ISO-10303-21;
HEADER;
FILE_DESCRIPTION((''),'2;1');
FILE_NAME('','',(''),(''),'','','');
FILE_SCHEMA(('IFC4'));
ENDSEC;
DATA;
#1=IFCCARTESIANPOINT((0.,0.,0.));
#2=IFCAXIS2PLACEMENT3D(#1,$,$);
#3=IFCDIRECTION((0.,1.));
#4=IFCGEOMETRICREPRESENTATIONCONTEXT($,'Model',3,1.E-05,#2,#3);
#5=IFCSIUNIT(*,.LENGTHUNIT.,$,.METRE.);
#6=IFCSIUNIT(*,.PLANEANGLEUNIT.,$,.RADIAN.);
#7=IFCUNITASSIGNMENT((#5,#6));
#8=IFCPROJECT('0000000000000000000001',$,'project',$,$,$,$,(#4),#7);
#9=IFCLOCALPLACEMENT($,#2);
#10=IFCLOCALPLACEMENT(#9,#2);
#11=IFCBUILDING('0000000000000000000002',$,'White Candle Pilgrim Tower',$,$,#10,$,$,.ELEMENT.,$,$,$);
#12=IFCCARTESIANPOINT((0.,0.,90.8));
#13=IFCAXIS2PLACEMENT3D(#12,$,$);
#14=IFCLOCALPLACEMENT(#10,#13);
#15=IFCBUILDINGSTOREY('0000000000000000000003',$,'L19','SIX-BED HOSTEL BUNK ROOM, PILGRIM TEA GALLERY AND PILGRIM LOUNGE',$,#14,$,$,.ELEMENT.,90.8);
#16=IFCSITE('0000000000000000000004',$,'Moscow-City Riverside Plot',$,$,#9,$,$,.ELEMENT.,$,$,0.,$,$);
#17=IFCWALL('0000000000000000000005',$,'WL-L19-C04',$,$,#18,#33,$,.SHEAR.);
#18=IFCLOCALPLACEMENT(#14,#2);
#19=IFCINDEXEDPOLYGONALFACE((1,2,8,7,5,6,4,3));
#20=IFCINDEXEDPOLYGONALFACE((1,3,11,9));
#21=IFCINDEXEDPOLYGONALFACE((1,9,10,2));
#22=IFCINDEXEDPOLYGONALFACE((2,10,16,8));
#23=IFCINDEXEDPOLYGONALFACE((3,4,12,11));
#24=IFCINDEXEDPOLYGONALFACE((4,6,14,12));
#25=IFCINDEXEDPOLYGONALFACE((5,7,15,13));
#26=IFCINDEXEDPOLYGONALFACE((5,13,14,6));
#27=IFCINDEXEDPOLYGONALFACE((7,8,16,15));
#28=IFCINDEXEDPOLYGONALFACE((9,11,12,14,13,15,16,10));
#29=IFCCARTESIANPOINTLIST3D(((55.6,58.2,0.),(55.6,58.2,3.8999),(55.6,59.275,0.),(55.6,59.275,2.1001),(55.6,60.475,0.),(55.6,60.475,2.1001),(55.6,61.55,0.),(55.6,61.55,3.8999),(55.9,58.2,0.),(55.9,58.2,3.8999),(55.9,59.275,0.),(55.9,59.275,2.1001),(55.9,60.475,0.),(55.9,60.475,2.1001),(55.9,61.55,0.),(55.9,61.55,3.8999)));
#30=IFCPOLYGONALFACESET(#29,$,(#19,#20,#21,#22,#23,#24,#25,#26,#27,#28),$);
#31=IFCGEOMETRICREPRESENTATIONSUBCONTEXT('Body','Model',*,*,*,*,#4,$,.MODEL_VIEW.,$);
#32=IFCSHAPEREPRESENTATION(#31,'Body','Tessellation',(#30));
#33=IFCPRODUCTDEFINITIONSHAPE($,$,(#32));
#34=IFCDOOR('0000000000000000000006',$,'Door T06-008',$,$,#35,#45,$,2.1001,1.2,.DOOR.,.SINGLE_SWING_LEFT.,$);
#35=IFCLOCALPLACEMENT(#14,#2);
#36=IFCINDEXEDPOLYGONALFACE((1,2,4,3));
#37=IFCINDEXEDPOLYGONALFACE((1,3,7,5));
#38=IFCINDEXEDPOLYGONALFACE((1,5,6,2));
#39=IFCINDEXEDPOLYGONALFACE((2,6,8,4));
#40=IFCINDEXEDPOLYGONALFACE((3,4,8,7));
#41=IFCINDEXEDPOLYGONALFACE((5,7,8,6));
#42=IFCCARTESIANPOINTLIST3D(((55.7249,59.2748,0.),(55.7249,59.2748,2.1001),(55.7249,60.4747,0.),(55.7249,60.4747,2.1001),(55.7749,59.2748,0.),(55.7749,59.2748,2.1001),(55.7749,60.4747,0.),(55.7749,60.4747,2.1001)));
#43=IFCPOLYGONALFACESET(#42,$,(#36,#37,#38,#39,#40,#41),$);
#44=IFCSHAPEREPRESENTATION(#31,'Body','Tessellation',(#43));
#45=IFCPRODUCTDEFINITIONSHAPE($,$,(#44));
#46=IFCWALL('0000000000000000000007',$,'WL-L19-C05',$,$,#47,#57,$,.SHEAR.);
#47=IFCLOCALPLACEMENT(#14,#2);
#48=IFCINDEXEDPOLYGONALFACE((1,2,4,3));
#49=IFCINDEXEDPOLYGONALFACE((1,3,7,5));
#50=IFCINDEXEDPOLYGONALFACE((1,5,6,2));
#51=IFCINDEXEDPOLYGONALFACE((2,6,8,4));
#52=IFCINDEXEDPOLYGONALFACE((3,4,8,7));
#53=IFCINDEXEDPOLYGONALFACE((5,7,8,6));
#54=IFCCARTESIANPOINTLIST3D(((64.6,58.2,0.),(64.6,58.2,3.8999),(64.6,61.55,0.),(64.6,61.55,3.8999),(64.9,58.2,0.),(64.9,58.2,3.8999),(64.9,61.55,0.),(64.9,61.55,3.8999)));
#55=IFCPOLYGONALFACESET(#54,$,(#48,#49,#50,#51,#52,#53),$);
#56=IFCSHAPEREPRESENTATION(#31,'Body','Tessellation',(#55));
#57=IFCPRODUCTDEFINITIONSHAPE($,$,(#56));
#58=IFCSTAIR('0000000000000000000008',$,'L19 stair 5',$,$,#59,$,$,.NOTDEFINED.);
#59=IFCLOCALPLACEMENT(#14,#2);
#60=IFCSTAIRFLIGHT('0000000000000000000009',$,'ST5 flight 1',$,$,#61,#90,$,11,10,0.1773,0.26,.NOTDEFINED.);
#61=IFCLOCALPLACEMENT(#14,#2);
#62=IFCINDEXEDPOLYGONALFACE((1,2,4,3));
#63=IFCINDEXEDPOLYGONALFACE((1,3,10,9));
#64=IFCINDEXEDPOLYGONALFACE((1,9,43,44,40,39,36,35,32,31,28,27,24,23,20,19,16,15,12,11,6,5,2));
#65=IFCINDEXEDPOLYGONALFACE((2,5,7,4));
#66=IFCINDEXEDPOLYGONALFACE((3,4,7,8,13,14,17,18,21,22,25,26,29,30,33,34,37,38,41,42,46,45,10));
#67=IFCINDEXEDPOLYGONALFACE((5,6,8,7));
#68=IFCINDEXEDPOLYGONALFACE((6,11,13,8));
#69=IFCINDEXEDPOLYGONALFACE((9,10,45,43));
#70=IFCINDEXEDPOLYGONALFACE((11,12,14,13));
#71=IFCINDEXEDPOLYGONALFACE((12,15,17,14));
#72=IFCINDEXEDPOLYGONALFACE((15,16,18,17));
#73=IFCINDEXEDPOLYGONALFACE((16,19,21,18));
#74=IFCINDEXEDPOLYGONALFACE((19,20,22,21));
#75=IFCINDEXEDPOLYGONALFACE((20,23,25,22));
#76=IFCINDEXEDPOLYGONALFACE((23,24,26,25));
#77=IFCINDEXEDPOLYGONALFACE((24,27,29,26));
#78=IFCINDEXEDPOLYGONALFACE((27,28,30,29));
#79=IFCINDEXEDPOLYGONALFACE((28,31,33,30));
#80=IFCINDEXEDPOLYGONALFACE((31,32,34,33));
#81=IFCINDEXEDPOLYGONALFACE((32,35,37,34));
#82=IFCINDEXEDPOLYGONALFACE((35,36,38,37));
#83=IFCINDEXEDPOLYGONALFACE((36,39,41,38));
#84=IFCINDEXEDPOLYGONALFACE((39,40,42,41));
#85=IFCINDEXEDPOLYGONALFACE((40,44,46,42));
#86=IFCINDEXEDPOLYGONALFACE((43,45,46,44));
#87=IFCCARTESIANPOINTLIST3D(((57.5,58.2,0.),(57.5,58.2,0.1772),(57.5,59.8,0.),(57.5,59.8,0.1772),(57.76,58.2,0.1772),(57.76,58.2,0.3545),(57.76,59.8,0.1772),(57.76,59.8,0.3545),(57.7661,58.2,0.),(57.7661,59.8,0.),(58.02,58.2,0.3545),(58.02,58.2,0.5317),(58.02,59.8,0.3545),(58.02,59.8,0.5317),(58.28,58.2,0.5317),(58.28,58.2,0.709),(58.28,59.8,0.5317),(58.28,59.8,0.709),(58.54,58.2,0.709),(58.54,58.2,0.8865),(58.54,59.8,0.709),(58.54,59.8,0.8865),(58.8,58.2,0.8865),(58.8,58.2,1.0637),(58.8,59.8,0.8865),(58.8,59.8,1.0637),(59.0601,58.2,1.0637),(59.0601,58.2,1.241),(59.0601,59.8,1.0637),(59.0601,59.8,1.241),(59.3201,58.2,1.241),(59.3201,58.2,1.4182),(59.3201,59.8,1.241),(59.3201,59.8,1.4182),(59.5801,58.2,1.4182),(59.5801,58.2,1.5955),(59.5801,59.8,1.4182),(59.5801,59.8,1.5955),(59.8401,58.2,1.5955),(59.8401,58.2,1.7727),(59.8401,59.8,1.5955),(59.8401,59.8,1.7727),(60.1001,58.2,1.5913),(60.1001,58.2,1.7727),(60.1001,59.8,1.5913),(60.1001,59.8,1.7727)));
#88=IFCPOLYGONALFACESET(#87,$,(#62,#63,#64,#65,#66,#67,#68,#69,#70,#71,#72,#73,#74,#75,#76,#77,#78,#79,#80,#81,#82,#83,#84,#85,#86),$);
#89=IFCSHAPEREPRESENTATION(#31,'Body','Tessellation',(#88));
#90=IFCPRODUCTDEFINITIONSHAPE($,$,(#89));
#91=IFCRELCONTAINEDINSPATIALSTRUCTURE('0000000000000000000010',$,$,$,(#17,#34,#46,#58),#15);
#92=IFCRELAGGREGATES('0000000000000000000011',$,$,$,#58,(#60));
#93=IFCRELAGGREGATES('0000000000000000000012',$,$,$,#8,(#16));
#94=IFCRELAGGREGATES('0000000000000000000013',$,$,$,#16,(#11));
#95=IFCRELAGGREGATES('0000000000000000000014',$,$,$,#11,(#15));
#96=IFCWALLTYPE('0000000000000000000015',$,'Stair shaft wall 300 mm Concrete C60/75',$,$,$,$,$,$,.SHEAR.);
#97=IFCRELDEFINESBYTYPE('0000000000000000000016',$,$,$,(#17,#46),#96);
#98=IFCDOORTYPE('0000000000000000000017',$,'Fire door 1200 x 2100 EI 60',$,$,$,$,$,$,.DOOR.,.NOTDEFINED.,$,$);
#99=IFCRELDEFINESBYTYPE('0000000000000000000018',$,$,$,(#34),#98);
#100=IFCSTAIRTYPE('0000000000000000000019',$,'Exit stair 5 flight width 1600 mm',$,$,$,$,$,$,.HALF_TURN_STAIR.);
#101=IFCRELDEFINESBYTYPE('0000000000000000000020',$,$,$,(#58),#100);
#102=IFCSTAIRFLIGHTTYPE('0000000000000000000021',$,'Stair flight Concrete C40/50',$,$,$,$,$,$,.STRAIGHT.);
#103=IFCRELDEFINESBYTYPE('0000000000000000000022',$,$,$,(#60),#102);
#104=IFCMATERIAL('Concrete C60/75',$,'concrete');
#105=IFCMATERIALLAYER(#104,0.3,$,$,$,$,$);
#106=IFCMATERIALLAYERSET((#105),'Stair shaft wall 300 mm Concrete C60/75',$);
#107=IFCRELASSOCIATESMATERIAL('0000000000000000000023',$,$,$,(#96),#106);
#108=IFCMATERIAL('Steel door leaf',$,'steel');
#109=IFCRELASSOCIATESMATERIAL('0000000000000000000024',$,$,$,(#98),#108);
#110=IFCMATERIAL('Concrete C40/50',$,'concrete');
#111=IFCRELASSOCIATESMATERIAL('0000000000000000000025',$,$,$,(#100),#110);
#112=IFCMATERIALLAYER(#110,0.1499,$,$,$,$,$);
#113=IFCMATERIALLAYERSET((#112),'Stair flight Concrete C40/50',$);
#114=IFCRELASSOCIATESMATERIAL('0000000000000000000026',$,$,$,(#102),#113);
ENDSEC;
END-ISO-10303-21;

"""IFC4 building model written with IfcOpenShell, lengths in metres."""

from ifc_helpers import new_model, si_unit, direction, frame, frame_2d, origin, place, context, subcontext, project, spatial, polyline, rectangle, outline, extrude, material, layer, layer_set, type_object, element, fill, aggregate, save


model = new_model("IFC4")

# Units and contexts
model_context = context("Model", 3, precision=1e-05, world=origin(), true_north=direction((0.0, 1.0)))
body_context = subcontext(model_context, "Body", "Model", "MODEL_VIEW")
ifc_project = project(units=[si_unit("LENGTHUNIT", "METRE"), si_unit("PLANEANGLEUNIT", "RADIAN")], contexts=[model_context])

# Site, building, storey
site_placement = place(None, origin())
site = spatial("IfcSite", under=ifc_project, at=site_placement, Name="Moscow-City Riverside Plot", CompositionType="ELEMENT", RefElevation=0.0)
building_placement = place(site_placement, origin())
building = spatial("IfcBuilding", under=site, at=building_placement, Name="White Candle Pilgrim Tower", CompositionType="ELEMENT")
storey_placement = place(building_placement, frame((0.0, 0.0, 90.8)))
storey = spatial("IfcBuildingStorey", under=building, at=storey_placement, Name="L19", Description="SIX-BED HOSTEL BUNK ROOM, PILGRIM TEA GALLERY AND PILGRIM LOUNGE", CompositionType="ELEMENT", Elevation=90.8)

# Shared definitions
ifc_material_1 = material(Name="Concrete C60/75", Category="concrete")

# Shared definitions
ifc_material_2 = material(Name="Steel door leaf", Category="steel")

# Wall, opening, door
ifc_layer_1 = layer(ifc_material_1, 0.3)
ifc_layer_set_1 = layer_set([ifc_layer_1], Name="Stair shaft wall 300 mm Concrete C60/75")
wall_type_1 = type_object("IfcWallType", Name="Stair shaft wall 300 mm Concrete C60/75", PredefinedType="SHEAR", material=ifc_layer_set_1)
wall_1_placement = place(storey_placement, frame((55.75, 58.2, 0.0), z_axis=(0.0, 0.0, 1.0), x_axis=(0.0, 1.0, 0.0)))
wall_1 = element("IfcWall", 1, at=wall_1_placement, inside=storey, type_object=wall_type_1, Name="WL-L19-C04", PredefinedType="SHEAR", context=body_context, shape_type="SweptSolid", body=[
    extrude(rectangle(XDim=3.3501, YDim=0.3, at=frame_2d((1.675, 0.0))), origin(), (0.0, 0.0, 1.0), 3.8999),
])
opening_1_placement = place(wall_1_placement, frame((1.075, 0.0, 0.0)))
opening_1 = element("IfcOpeningElement", 2, at=opening_1_placement, cuts=wall_1, PredefinedType="OPENING", context=body_context, shape_type="SweptSolid", body=[
    extrude(rectangle(XDim=1.2, YDim=2.1001, at=frame_2d((0.6001, 1.05))), frame((0.0, 0.1599, 0.0), z_axis=(0.0, -1.0, 0.0), x_axis=(1.0, 0.0, 0.0)), (0.0, 0.0, 1.0), 0.3201),
])
door_type_1 = type_object("IfcDoorType", Name="Fire door 1200 x 2100 EI 60", OperationType="NOTDEFINED", PredefinedType="DOOR", material=ifc_material_2)
door_1_placement = place(opening_1_placement, frame((1.2, 0.0, 0.0), z_axis=(0.0, 0.0, 1.0), x_axis=(-1.0, 0.0, 0.0)))
door_1 = element("IfcDoor", 3, at=door_1_placement, inside=storey, type_object=door_type_1, Name="Door T06-008", OperationType="SINGLE_SWING_LEFT", OverallHeight=2.1001, OverallWidth=1.2, PredefinedType="DOOR", context=body_context, shape_type="SweptSolid", body=[
    extrude(rectangle(XDim=1.2, YDim=2.1001, at=frame_2d((0.6001, 1.05))), frame((0.0, 0.0249, 0.0), z_axis=(0.0, -1.0, 0.0), x_axis=(1.0, 0.0, 0.0)), (0.0, 0.0, 1.0), 0.05),
])
fill(opening_1, door_1)

# Wall
wall_2_placement = place(storey_placement, frame((64.75, 58.2, 0.0), z_axis=(0.0, 0.0, 1.0), x_axis=(0.0, 1.0, 0.0)))
element("IfcWall", 4, at=wall_2_placement, inside=storey, type_object=wall_type_1, Name="WL-L19-C05", PredefinedType="SHEAR", context=body_context, shape_type="SweptSolid", body=[
    extrude(rectangle(XDim=3.3501, YDim=0.3, at=frame_2d((1.675, 0.0))), origin(), (0.0, 0.0, 1.0), 3.8999),
])

# Stair, stair flight
ifc_material_3 = material(Name="Concrete C40/50", Category="concrete")
stair_type = type_object("IfcStairType", Name="Exit stair 5 flight width 1600 mm", PredefinedType="HALF_TURN_STAIR", material=ifc_material_3)
stair_placement = place(storey_placement, origin())
stair = element("IfcStair", 5, at=stair_placement, inside=storey, type_object=stair_type, Name="L19 stair 5", PredefinedType="NOTDEFINED")
ifc_layer_2 = layer(ifc_material_3, 0.1499)
ifc_layer_set_2 = layer_set([ifc_layer_2], Name="Stair flight Concrete C40/50")
stair_flight_type = type_object("IfcStairFlightType", Name="Stair flight Concrete C40/50", PredefinedType="STRAIGHT", material=ifc_layer_set_2)
stair_flight_placement = place(storey_placement, frame((57.5, 59.0, 0.0), z_axis=(0.0, 0.0, 1.0), x_axis=(1.0, 0.0, 0.0)))
stair_flight = element("IfcStairFlight", 6, at=stair_flight_placement, type_object=stair_flight_type, Name="ST5 flight 1", NumberOfRisers=11, NumberOfTreads=10, PredefinedType="NOTDEFINED", RiserHeight=0.1773, TreadLength=0.26, context=body_context, shape_type="SweptSolid", body=[
    extrude(outline(polyline([(0.0, 0.0), (0.0, 0.1772), (0.26, 0.1772), (0.26, 0.3545), (0.52, 0.3545), (0.52, 0.5317), (0.78, 0.5317), (0.78, 0.709), (1.04, 0.709), (1.04, 0.8865), (1.3, 0.8865), (1.3, 1.0637), (1.5601, 1.0637), (1.5601, 1.241), (1.8201, 1.241), (1.8201, 1.4182), (2.0801, 1.4182), (2.0801, 1.5955), (2.3401, 1.5955), (2.3401, 1.7727), (2.6001, 1.7727), (2.6001, 1.95), (2.6001, 1.5913), (0.2661, 0.0), (0.0, 0.0)])), frame((0.0, 0.8, 0.0), z_axis=(0.0, -1.0, 0.0), x_axis=(1.0, 0.0, 0.0)), (0.0, 0.0, 1.0), 1.6001),
])
aggregate(stair, [stair_flight])

save(model, "model.ifc")
